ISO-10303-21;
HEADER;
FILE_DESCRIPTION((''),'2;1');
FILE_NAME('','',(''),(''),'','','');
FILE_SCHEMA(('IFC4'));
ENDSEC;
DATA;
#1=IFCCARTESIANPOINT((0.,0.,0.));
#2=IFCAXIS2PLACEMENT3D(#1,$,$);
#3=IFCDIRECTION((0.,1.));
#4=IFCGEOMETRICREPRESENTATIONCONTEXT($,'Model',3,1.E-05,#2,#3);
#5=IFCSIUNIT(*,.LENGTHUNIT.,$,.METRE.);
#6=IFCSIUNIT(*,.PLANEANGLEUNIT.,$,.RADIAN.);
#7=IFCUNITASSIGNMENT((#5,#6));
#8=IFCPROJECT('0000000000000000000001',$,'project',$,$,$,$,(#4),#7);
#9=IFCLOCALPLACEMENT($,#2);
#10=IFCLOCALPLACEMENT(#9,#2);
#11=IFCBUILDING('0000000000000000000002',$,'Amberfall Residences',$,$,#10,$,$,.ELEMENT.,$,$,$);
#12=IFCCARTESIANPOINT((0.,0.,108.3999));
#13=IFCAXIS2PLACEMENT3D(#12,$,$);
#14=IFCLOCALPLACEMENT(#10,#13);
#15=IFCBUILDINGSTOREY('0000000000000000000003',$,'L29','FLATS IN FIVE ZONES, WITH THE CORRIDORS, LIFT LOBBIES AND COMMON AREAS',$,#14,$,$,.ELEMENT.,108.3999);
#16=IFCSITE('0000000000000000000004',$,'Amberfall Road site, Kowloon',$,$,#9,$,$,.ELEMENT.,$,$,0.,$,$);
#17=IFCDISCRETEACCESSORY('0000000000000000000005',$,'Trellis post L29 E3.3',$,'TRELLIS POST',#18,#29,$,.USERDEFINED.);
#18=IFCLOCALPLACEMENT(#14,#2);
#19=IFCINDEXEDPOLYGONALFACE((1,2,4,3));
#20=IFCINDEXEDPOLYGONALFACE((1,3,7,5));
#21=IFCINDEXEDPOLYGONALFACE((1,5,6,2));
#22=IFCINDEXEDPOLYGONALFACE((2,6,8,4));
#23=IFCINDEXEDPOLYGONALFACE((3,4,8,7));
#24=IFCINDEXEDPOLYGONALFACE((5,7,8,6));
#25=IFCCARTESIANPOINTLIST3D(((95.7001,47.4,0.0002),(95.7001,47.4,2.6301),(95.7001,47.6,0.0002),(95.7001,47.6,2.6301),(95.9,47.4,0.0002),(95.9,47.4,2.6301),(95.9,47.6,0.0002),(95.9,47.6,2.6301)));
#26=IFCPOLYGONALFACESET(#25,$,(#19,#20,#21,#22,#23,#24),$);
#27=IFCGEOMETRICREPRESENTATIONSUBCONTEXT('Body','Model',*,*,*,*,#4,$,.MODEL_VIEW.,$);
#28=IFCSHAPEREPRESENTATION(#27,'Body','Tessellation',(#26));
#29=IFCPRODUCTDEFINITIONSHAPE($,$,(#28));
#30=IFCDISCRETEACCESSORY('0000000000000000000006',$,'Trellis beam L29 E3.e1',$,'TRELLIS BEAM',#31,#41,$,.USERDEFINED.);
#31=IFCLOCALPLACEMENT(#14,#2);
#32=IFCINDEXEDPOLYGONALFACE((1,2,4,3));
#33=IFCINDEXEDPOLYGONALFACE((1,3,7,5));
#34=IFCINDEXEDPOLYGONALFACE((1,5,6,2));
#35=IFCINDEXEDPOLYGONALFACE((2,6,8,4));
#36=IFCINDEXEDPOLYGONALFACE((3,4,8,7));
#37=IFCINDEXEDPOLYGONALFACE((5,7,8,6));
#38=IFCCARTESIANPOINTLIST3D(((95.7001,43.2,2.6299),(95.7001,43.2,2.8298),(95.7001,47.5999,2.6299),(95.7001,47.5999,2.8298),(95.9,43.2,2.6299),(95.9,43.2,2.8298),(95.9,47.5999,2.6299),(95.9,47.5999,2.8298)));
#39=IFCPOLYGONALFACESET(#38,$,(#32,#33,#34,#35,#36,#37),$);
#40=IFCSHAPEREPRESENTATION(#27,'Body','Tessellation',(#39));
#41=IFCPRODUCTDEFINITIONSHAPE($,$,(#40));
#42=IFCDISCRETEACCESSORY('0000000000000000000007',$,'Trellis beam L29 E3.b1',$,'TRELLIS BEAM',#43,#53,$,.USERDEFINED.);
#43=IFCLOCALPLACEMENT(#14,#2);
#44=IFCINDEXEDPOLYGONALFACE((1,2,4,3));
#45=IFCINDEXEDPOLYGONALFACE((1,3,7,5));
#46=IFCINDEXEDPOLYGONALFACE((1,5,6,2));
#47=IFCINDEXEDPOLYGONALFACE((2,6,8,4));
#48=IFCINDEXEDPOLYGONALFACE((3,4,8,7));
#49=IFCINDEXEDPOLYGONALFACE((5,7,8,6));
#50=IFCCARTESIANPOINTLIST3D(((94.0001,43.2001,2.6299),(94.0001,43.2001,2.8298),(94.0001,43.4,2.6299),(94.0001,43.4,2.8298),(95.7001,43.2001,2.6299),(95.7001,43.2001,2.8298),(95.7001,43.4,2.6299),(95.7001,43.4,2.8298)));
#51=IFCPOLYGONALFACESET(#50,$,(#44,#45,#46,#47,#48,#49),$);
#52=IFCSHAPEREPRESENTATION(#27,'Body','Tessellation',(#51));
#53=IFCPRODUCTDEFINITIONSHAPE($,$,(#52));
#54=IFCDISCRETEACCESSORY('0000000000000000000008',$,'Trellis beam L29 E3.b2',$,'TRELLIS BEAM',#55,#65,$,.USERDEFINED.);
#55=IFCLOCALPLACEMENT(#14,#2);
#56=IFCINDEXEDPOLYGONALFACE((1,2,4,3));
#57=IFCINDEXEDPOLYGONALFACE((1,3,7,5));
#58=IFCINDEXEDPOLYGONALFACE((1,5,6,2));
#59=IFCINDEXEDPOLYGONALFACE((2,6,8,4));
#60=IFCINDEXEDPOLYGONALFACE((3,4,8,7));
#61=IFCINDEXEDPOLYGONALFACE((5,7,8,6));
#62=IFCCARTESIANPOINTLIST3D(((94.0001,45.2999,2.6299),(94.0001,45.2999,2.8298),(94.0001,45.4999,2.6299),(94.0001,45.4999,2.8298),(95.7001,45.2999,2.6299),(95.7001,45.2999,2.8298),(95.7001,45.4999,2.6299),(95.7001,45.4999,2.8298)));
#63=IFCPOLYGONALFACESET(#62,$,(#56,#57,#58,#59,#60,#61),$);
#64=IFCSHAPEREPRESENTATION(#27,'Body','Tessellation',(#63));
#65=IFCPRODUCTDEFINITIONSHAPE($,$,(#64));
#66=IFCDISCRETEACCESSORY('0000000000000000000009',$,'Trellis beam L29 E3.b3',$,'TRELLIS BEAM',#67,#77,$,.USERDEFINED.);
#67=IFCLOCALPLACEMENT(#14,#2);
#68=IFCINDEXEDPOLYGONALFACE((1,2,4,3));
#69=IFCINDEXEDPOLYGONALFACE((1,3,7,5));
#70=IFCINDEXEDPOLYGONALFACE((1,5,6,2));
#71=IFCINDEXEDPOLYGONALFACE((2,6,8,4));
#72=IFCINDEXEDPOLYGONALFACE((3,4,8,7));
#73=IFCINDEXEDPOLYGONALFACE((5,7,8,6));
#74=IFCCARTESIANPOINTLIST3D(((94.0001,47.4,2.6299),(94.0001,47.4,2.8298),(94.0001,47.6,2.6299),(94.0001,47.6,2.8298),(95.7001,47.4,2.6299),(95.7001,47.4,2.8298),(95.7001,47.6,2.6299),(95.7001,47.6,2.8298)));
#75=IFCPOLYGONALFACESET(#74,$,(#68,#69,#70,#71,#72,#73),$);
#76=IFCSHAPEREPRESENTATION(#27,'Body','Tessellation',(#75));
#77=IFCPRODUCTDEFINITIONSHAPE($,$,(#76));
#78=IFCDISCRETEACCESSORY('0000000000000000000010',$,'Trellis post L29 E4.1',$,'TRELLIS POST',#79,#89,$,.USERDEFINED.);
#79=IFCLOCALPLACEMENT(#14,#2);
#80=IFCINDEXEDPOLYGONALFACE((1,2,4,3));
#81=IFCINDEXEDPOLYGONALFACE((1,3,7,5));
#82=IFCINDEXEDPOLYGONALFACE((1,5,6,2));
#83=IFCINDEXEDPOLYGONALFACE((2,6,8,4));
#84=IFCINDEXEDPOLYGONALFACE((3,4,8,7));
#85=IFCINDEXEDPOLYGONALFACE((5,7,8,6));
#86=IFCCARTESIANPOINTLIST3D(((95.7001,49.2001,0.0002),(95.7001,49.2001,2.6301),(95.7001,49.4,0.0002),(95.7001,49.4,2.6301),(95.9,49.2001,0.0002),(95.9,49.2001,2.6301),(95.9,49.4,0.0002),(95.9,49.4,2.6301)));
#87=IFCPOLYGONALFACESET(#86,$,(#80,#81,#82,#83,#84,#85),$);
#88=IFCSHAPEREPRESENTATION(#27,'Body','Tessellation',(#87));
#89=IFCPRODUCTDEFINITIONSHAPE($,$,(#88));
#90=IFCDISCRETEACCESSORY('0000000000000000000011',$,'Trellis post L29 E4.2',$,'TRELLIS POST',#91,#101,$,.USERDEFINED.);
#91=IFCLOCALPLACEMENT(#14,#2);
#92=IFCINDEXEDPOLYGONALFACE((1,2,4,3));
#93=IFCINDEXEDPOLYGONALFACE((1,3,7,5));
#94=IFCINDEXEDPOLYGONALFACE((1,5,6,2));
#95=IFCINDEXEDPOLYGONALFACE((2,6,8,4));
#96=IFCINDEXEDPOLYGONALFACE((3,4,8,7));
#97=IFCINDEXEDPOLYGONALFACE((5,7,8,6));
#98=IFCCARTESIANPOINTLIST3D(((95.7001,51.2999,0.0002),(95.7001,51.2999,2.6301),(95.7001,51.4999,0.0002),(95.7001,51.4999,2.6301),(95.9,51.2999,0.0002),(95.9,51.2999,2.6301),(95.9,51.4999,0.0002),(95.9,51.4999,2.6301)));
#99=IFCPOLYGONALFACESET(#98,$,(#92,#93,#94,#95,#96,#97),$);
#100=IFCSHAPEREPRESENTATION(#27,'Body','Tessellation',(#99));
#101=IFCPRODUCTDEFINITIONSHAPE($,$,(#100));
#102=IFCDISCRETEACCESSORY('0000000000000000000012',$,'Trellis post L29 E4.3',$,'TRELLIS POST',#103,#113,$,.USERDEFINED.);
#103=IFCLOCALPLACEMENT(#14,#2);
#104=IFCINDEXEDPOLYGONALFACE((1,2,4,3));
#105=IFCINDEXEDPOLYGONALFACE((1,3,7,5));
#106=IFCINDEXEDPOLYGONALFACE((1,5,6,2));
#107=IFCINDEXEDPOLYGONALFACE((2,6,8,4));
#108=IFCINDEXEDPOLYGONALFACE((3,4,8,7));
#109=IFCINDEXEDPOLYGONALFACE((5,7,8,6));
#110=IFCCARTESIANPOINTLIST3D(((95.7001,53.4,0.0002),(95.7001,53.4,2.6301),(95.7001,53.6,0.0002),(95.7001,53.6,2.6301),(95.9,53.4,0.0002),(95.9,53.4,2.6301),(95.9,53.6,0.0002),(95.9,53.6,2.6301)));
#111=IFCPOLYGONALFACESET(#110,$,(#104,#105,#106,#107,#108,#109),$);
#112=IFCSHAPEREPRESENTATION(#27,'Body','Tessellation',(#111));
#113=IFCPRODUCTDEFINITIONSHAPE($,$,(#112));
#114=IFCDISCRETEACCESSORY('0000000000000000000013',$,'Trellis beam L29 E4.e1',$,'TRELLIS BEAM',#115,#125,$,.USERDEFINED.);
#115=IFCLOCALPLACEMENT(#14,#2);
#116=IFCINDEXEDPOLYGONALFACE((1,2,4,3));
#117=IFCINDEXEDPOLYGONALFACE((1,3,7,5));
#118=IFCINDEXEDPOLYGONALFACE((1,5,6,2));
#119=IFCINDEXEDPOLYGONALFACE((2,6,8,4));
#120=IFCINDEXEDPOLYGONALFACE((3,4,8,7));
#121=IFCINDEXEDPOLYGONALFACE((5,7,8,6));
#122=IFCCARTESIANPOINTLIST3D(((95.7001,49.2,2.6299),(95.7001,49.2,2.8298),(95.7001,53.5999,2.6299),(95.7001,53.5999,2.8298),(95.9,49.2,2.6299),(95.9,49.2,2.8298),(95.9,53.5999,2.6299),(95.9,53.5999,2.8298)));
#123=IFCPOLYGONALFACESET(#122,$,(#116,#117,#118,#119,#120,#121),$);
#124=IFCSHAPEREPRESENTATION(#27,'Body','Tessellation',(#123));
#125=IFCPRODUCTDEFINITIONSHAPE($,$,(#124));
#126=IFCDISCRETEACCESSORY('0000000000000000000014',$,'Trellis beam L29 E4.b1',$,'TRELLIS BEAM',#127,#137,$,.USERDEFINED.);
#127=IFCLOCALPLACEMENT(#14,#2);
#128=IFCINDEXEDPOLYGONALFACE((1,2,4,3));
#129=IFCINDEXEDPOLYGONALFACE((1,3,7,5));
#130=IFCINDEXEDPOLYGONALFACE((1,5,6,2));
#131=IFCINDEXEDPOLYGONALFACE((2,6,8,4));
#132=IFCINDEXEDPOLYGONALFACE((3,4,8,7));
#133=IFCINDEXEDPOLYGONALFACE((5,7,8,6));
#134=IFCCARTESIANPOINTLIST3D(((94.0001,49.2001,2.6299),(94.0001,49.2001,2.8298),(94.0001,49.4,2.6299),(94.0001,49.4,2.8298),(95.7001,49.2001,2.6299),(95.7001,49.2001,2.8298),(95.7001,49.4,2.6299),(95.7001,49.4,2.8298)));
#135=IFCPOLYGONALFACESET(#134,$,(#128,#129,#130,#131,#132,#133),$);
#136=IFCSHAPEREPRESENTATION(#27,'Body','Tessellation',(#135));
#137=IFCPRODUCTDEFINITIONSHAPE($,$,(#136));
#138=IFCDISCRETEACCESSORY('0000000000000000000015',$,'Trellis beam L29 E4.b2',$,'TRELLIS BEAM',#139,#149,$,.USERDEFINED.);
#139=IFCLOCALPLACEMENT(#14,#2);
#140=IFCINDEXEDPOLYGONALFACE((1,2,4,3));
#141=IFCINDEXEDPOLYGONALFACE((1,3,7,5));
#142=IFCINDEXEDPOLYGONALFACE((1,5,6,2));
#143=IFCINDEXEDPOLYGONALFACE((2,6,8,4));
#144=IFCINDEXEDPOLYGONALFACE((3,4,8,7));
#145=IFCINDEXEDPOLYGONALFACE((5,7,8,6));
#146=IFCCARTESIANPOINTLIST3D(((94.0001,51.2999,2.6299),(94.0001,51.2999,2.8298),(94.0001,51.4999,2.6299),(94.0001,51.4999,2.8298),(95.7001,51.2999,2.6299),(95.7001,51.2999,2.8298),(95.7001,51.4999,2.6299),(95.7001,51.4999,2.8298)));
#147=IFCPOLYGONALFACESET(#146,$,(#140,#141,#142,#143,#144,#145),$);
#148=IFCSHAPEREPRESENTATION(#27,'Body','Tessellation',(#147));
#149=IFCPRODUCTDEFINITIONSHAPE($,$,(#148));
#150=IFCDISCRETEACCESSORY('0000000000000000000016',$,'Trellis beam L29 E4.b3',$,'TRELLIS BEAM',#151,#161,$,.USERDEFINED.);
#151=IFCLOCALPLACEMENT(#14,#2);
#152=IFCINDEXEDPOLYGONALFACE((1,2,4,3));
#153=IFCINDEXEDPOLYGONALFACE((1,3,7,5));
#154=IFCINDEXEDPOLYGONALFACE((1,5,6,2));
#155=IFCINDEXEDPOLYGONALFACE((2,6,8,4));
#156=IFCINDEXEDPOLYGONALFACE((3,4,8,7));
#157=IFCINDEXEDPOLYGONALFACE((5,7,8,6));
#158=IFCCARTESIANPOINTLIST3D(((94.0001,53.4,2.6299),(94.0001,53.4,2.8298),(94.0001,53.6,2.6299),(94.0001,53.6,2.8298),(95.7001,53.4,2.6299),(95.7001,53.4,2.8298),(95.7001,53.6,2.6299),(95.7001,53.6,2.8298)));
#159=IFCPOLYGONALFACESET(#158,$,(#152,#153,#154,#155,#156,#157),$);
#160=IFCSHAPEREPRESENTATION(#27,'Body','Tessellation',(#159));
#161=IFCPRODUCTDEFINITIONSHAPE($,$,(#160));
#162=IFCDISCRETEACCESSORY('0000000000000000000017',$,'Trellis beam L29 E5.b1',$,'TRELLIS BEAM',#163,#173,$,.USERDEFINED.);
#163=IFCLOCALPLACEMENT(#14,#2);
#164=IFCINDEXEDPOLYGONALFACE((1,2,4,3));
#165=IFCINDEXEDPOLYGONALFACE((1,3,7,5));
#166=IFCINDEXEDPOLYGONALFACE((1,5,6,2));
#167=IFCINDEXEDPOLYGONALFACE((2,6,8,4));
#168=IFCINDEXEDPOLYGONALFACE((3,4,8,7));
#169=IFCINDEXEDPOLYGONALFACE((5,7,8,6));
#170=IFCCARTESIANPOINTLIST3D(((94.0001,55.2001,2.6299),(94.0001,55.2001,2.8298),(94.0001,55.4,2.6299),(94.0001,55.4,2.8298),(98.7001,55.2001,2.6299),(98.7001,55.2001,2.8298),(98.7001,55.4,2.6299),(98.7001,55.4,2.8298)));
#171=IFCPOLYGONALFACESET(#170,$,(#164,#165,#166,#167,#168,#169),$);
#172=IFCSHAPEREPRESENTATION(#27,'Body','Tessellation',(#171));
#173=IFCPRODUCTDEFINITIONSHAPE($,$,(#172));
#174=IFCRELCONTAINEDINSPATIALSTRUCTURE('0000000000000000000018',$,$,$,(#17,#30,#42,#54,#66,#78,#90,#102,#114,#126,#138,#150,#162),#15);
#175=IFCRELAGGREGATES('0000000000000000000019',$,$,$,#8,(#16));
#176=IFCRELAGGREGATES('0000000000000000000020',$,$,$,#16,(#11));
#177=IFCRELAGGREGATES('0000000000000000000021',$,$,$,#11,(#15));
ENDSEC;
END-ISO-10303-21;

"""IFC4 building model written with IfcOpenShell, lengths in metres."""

from ifc_helpers import new_model, si_unit, direction, frame, origin, origin_2d, place, context, subcontext, project, spatial, rectangle, extrude, element, save


model = new_model("IFC4")

# Units and contexts
model_context = context("Model", 3, precision=1e-05, world=origin(), true_north=direction((0.0, 1.0)))
body_context = subcontext(model_context, "Body", "Model", "MODEL_VIEW")
ifc_project = project(units=[si_unit("LENGTHUNIT", "METRE"), si_unit("PLANEANGLEUNIT", "RADIAN")], contexts=[model_context])

# Site, building, storey
site_placement = place(None, origin())
site = spatial("IfcSite", under=ifc_project, at=site_placement, Name="Amberfall Road site, Kowloon", CompositionType="ELEMENT", RefElevation=0.0)
building_placement = place(site_placement, origin())
building = spatial("IfcBuilding", under=site, at=building_placement, Name="Amberfall Residences", CompositionType="ELEMENT")
storey_placement = place(building_placement, frame((0.0, 0.0, 108.3999)))
storey = spatial("IfcBuildingStorey", under=building, at=storey_placement, Name="L29", Description="FLATS IN FIVE ZONES, WITH THE CORRIDORS, LIFT LOBBIES AND COMMON AREAS", CompositionType="ELEMENT", Elevation=108.3999)

# Discrete accessories
for number, where, z_axis, x_axis, name in (
    (1, (95.8, 47.5, 0.0002), (0.0, 0.0, 1.0), (1.0, 0.0, 0.0), "Trellis post L29 E3.3"),
):
    element("IfcDiscreteAccessory", number, at=place(storey_placement, frame(where, z_axis=z_axis, x_axis=x_axis)), inside=storey, Name=name, ObjectType="TRELLIS POST", PredefinedType="USERDEFINED", context=body_context, shape_type="SweptSolid", body=[
        extrude(rectangle(XDim=0.2, YDim=0.2, at=origin_2d()), origin(), (0.0, 0.0, 1.0), 2.6299),
    ])
discrete_accessory_1_placement = place(storey_placement, frame((95.8, 45.3999, 2.6299), z_axis=(0.0, 0.0, 1.0), x_axis=(0.0, 1.0, 0.0)))
element("IfcDiscreteAccessory", 2, at=discrete_accessory_1_placement, inside=storey, Name="Trellis beam L29 E3.e1", ObjectType="TRELLIS BEAM", PredefinedType="USERDEFINED", context=body_context, shape_type="SweptSolid", body=[
    extrude(rectangle(XDim=4.3999, YDim=0.2, at=origin_2d()), origin(), (0.0, 0.0, 1.0), 0.2),
])
for number, where, z_axis, x_axis, name in (
    (3, (94.8501, 43.3, 2.6299), (0.0, 0.0, 1.0), (-1.0, 0.0, 0.0), "Trellis beam L29 E3.b1"),
    (4, (94.8501, 45.3999, 2.6299), (0.0, 0.0, 1.0), (-1.0, 0.0, 0.0), "Trellis beam L29 E3.b2"),
    (5, (94.8501, 47.5, 2.6299), (0.0, 0.0, 1.0), (-1.0, 0.0, 0.0), "Trellis beam L29 E3.b3"),
):
    element("IfcDiscreteAccessory", number, at=place(storey_placement, frame(where, z_axis=z_axis, x_axis=x_axis)), inside=storey, Name=name, ObjectType="TRELLIS BEAM", PredefinedType="USERDEFINED", context=body_context, shape_type="SweptSolid", body=[
        extrude(rectangle(XDim=1.7, YDim=0.2, at=origin_2d()), origin(), (0.0, 0.0, 1.0), 0.2),
    ])
for number, where, z_axis, x_axis, name in (
    (6, (95.8, 49.3, 0.0002), (0.0, 0.0, 1.0), (1.0, 0.0, 0.0), "Trellis post L29 E4.1"),
    (7, (95.8, 51.3999, 0.0002), (0.0, 0.0, 1.0), (1.0, 0.0, 0.0), "Trellis post L29 E4.2"),
    (8, (95.8, 53.5, 0.0002), (0.0, 0.0, 1.0), (1.0, 0.0, 0.0), "Trellis post L29 E4.3"),
):
    element("IfcDiscreteAccessory", number, at=place(storey_placement, frame(where, z_axis=z_axis, x_axis=x_axis)), inside=storey, Name=name, ObjectType="TRELLIS POST", PredefinedType="USERDEFINED", context=body_context, shape_type="SweptSolid", body=[
        extrude(rectangle(XDim=0.2, YDim=0.2, at=origin_2d()), origin(), (0.0, 0.0, 1.0), 2.6299),
    ])
discrete_accessory_2_placement = place(storey_placement, frame((95.8, 51.3999, 2.6299), z_axis=(0.0, 0.0, 1.0), x_axis=(0.0, 1.0, 0.0)))
element("IfcDiscreteAccessory", 9, at=discrete_accessory_2_placement, inside=storey, Name="Trellis beam L29 E4.e1", ObjectType="TRELLIS BEAM", PredefinedType="USERDEFINED", context=body_context, shape_type="SweptSolid", body=[
    extrude(rectangle(XDim=4.3999, YDim=0.2, at=origin_2d()), origin(), (0.0, 0.0, 1.0), 0.2),
])
for number, where, z_axis, x_axis, name in (
    (10, (94.8501, 49.3, 2.6299), (0.0, 0.0, 1.0), (-1.0, 0.0, 0.0), "Trellis beam L29 E4.b1"),
    (11, (94.8501, 51.3999, 2.6299), (0.0, 0.0, 1.0), (-1.0, 0.0, 0.0), "Trellis beam L29 E4.b2"),
    (12, (94.8501, 53.5, 2.6299), (0.0, 0.0, 1.0), (-1.0, 0.0, 0.0), "Trellis beam L29 E4.b3"),
):
    element("IfcDiscreteAccessory", number, at=place(storey_placement, frame(where, z_axis=z_axis, x_axis=x_axis)), inside=storey, Name=name, ObjectType="TRELLIS BEAM", PredefinedType="USERDEFINED", context=body_context, shape_type="SweptSolid", body=[
        extrude(rectangle(XDim=1.7, YDim=0.2, at=origin_2d()), origin(), (0.0, 0.0, 1.0), 0.2),
    ])
discrete_accessory_3_placement = place(storey_placement, frame((96.3501, 55.3, 2.6299), z_axis=(0.0, 0.0, 1.0), x_axis=(-1.0, 0.0, 0.0)))
element("IfcDiscreteAccessory", 13, at=discrete_accessory_3_placement, inside=storey, Name="Trellis beam L29 E5.b1", ObjectType="TRELLIS BEAM", PredefinedType="USERDEFINED", context=body_context, shape_type="SweptSolid", body=[
    extrude(rectangle(XDim=4.7, YDim=0.2, at=origin_2d()), origin(), (0.0, 0.0, 1.0), 0.2),
])

save(model, "model.ifc")
